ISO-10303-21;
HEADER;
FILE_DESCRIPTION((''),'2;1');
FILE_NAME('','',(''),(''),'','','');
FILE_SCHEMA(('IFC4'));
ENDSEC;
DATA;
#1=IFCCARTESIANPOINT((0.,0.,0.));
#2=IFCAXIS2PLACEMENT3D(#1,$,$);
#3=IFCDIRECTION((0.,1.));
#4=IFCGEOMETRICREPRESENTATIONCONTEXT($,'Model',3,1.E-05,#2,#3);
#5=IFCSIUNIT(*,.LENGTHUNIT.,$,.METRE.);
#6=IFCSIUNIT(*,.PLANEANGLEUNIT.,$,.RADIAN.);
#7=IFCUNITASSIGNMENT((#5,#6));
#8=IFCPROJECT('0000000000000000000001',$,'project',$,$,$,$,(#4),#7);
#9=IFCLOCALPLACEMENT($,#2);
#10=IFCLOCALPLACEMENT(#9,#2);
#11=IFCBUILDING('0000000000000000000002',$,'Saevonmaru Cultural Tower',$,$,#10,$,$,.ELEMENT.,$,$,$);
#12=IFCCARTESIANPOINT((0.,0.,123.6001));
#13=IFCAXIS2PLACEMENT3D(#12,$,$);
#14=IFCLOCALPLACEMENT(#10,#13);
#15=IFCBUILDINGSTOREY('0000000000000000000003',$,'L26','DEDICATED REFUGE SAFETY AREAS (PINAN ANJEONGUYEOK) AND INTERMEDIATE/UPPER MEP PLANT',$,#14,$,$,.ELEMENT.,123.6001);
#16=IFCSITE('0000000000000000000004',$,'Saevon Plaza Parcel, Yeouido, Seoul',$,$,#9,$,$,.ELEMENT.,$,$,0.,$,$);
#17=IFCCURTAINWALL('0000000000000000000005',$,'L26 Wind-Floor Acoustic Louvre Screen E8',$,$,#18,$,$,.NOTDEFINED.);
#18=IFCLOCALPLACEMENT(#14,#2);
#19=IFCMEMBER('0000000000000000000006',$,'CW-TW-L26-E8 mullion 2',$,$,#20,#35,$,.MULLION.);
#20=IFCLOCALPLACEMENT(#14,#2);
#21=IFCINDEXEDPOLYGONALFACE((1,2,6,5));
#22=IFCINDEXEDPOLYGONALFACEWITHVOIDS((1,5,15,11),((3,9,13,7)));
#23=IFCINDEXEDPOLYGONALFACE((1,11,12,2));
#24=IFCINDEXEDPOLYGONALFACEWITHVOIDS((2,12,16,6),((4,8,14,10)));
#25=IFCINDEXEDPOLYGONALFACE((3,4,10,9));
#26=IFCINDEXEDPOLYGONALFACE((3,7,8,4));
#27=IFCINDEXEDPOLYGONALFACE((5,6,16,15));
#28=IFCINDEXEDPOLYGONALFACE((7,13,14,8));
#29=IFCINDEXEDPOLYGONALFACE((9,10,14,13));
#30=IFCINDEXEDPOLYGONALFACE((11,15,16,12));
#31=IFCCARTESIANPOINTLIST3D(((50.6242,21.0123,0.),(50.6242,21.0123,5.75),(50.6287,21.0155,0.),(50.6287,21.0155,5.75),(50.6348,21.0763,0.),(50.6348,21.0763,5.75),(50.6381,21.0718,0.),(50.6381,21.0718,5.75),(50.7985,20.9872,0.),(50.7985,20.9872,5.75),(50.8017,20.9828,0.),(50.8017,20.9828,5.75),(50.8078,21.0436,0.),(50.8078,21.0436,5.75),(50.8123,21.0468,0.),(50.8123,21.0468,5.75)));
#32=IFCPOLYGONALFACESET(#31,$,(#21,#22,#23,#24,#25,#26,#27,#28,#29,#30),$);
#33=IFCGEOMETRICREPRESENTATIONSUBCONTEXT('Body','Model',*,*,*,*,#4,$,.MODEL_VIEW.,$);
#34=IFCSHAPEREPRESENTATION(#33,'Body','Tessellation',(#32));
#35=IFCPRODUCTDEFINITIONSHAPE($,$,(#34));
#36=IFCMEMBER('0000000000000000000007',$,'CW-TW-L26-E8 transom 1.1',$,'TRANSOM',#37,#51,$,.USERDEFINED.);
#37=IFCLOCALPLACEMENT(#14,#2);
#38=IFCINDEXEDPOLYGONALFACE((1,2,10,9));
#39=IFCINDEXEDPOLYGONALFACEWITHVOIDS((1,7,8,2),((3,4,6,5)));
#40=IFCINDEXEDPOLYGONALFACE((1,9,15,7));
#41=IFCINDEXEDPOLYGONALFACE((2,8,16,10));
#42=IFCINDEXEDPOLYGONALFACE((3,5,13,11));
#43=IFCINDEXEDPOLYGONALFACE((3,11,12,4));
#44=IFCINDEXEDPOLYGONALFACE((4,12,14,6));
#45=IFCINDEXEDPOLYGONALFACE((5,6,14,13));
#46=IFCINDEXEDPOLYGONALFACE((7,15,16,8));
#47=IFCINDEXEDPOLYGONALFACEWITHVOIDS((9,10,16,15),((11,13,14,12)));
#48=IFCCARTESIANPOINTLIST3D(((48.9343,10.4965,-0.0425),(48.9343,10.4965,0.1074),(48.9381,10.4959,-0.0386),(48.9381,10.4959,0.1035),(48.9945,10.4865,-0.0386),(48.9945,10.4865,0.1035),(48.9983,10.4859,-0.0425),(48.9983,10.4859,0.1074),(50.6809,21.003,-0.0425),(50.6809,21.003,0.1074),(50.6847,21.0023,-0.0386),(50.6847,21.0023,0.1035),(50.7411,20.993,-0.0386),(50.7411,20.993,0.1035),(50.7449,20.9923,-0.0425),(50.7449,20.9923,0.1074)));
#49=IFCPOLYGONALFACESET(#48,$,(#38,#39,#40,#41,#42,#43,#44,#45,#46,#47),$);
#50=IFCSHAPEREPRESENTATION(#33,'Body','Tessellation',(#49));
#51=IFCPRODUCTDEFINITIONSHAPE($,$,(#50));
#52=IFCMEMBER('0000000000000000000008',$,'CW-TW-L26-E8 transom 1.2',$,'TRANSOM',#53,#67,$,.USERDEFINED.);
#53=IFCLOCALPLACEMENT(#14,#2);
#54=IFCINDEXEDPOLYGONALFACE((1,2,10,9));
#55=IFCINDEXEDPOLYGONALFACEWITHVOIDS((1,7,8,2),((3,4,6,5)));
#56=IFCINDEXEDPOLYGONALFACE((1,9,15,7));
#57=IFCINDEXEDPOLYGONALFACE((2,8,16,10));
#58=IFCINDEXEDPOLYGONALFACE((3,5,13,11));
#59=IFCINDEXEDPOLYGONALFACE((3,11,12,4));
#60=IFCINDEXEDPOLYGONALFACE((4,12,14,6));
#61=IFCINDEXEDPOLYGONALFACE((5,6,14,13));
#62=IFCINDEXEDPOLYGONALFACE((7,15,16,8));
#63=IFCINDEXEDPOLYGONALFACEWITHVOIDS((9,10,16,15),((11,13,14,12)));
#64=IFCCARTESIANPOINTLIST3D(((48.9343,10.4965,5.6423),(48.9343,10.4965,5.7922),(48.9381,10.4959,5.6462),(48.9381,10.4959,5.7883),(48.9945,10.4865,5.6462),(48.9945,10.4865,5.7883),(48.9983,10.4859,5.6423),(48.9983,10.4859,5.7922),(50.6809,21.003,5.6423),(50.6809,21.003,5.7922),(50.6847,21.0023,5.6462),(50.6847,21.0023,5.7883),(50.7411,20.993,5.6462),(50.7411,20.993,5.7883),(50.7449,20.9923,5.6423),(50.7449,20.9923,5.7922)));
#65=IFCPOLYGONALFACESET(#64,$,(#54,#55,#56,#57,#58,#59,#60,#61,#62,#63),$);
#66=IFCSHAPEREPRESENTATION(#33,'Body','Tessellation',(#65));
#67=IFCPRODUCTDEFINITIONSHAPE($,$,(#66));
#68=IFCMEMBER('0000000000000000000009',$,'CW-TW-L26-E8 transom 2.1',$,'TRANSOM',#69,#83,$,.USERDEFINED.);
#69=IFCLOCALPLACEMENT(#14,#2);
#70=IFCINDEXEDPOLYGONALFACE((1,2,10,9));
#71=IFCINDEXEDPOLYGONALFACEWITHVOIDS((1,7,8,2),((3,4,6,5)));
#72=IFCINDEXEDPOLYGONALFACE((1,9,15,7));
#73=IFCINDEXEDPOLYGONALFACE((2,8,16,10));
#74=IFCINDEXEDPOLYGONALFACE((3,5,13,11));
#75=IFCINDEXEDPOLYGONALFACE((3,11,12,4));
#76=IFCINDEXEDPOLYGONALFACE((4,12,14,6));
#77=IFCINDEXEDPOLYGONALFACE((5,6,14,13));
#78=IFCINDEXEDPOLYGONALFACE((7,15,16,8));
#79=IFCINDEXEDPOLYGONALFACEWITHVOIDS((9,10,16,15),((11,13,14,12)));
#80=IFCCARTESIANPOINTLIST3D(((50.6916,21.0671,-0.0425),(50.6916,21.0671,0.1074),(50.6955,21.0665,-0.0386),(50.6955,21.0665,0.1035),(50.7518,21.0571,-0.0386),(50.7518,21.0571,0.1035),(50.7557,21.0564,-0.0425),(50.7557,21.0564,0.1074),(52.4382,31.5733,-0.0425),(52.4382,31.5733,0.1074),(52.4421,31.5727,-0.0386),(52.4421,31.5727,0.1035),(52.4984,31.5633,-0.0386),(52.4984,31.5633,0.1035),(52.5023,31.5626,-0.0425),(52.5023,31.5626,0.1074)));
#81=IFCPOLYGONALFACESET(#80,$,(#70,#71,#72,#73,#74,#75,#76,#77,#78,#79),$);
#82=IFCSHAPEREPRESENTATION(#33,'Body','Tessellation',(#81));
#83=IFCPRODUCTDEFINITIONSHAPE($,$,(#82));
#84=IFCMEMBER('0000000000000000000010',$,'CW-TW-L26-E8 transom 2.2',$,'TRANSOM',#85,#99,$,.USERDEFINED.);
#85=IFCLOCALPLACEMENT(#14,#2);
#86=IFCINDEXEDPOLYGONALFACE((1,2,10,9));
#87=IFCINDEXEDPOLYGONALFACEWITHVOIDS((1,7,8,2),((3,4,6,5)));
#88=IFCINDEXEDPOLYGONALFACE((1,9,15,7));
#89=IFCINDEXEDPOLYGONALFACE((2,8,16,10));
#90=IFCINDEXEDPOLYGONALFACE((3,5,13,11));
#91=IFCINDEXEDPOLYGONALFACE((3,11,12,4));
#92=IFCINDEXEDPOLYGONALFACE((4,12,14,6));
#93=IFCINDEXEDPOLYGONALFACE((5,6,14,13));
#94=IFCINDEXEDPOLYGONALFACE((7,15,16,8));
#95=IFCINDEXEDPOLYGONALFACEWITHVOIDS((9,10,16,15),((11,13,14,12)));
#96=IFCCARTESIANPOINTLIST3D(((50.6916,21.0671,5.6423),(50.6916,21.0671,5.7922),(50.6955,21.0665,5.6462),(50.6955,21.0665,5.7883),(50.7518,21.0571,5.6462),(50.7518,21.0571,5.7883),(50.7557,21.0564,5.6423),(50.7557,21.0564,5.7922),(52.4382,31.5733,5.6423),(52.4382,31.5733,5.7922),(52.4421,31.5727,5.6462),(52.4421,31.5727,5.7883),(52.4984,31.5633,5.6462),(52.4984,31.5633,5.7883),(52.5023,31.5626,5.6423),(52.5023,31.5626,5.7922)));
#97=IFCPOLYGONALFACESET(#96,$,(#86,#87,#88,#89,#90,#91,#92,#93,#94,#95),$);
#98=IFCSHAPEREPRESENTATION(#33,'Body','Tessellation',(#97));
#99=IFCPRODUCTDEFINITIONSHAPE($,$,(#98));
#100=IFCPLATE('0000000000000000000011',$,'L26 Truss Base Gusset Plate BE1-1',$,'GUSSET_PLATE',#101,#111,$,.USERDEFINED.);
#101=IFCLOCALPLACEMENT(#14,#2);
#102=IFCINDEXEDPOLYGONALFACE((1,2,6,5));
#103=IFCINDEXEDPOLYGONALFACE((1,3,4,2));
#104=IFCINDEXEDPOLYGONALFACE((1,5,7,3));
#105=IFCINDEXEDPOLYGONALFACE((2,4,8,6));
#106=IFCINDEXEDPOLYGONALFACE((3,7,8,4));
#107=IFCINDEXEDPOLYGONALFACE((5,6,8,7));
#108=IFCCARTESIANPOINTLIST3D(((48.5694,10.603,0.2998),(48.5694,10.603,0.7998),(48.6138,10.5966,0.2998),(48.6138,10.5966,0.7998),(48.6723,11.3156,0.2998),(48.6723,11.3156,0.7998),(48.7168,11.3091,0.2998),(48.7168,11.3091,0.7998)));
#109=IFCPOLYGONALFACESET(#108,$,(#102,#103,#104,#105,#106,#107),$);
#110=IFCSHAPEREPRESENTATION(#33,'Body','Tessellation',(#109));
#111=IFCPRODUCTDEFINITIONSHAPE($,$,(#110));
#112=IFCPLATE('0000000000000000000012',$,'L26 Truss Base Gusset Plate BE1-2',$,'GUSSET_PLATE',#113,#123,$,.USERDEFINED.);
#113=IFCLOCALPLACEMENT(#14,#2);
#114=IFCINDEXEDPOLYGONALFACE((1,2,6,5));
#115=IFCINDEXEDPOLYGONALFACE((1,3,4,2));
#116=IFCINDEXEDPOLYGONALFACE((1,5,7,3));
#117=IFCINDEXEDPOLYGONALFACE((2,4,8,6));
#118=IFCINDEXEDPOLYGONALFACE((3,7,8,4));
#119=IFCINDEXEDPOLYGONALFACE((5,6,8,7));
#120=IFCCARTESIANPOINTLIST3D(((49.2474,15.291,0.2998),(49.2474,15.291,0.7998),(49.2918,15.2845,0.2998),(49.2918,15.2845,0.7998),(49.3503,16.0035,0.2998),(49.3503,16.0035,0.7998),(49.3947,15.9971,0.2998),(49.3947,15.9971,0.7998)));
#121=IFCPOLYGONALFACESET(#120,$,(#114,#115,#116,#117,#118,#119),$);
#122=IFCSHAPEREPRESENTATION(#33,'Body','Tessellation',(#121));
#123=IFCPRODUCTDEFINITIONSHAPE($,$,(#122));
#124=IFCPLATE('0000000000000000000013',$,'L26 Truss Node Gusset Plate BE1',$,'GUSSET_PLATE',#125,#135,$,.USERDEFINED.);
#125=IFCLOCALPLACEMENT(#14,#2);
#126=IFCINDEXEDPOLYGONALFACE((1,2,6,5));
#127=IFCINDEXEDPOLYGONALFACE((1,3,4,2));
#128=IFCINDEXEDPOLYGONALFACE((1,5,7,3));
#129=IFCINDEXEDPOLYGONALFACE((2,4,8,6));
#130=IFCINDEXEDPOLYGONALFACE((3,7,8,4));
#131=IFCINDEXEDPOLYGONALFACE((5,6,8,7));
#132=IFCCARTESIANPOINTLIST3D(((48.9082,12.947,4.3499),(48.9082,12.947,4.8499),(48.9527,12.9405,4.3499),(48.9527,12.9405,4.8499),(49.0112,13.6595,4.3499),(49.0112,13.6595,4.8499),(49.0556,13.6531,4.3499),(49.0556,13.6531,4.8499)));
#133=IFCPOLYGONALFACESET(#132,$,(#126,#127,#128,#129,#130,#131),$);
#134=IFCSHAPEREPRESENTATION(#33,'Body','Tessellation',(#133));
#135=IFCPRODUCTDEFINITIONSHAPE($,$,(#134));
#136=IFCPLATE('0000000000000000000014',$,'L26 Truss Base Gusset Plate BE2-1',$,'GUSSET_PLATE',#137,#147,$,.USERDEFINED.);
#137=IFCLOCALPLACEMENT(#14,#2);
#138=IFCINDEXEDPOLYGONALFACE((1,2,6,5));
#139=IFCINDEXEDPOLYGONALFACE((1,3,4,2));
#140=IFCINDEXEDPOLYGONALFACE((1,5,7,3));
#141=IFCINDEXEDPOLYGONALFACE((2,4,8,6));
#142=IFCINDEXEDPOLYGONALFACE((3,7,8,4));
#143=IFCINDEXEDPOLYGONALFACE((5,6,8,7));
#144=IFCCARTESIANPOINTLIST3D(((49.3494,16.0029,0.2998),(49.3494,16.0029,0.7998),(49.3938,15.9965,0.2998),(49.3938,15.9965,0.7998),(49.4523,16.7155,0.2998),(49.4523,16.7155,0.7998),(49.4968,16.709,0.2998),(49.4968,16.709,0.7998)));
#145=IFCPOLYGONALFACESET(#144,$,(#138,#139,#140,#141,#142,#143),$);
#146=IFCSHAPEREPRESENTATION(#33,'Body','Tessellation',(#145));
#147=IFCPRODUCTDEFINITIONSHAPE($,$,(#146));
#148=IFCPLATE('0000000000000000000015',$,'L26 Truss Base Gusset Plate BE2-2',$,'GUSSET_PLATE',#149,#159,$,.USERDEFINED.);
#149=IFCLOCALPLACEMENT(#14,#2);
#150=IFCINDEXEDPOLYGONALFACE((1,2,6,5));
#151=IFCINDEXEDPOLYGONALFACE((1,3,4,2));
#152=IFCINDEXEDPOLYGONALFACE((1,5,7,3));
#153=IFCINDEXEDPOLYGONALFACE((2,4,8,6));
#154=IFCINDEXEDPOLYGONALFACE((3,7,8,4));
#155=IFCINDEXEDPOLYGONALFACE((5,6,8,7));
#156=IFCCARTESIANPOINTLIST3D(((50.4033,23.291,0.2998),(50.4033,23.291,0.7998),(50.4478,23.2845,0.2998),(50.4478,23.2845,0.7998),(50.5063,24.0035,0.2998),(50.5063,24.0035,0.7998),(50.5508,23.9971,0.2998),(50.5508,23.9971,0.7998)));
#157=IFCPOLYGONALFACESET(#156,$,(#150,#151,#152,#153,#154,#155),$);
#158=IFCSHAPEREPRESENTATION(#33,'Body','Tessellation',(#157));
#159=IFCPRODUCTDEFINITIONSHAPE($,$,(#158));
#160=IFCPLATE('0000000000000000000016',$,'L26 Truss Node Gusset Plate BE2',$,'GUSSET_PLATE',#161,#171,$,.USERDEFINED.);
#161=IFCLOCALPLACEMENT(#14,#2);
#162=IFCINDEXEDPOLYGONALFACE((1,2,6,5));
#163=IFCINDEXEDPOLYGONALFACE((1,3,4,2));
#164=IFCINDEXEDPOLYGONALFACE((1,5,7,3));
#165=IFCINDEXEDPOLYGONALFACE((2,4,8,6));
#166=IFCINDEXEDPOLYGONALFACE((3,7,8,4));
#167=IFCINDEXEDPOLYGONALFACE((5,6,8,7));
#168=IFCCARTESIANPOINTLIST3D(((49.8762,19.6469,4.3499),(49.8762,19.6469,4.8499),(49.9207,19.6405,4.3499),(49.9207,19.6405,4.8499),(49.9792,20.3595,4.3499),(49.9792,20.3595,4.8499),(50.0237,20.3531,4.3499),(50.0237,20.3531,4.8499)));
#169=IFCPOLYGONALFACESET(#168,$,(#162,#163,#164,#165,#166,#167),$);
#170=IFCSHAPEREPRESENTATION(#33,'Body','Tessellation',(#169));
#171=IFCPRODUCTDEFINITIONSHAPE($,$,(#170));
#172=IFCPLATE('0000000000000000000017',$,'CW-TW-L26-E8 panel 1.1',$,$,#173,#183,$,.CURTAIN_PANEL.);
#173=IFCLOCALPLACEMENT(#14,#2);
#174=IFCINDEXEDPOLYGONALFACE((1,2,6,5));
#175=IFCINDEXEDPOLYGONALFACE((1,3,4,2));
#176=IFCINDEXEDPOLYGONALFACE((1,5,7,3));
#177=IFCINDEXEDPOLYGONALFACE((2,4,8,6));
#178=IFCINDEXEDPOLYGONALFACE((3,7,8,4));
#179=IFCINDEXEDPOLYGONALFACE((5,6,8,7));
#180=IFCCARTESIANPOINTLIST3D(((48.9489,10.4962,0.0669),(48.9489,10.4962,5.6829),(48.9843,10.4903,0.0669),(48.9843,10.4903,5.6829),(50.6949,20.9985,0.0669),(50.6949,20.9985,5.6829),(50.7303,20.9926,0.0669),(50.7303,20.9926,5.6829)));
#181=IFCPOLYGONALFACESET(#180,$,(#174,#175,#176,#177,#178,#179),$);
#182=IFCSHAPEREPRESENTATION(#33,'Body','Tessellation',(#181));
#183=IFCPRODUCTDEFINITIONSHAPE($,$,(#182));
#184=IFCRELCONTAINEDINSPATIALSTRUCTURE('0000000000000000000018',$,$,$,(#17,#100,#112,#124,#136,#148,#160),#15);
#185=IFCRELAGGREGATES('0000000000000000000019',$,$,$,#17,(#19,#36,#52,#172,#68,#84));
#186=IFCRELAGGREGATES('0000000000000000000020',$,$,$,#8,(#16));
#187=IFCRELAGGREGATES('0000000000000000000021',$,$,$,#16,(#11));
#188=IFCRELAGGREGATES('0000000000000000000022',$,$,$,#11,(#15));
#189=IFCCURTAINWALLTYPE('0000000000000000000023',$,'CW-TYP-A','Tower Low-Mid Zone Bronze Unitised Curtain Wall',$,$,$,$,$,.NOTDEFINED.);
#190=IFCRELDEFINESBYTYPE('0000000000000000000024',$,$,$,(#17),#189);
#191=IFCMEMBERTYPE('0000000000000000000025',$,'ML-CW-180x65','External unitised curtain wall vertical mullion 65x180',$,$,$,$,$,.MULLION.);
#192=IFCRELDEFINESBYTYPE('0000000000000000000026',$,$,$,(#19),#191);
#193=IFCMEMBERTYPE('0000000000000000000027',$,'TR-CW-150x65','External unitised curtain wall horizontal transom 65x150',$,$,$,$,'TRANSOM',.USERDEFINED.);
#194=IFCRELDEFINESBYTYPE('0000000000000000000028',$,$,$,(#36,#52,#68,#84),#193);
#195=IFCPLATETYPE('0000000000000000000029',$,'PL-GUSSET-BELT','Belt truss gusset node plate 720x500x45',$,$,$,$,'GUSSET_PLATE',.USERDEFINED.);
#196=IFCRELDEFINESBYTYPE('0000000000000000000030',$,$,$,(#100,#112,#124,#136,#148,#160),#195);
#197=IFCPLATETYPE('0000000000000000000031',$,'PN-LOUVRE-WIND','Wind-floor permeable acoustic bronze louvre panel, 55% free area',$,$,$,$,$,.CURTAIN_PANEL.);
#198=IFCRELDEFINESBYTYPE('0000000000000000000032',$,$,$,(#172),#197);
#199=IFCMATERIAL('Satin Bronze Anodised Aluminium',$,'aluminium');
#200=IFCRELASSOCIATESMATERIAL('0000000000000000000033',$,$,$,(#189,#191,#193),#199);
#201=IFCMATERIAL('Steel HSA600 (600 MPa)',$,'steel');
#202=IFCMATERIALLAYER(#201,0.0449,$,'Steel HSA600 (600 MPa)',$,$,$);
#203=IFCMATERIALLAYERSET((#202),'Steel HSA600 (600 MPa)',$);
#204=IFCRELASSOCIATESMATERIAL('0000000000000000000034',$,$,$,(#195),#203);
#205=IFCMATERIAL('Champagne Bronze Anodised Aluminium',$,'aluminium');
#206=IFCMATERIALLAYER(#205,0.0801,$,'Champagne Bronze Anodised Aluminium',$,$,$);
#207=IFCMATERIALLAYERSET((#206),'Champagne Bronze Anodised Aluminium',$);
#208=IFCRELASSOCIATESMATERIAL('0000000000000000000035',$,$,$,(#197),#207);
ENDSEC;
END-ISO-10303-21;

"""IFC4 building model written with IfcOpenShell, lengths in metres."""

from ifc_helpers import new_model, si_unit, direction, frame, origin, origin_2d, place, context, subcontext, project, spatial, rectangle, hollow_rectangle, extrude, material, layer, layer_set, material_profile, profile_set, type_object, element, aggregate, save


model = new_model("IFC4")

# Units and contexts
model_context = context("Model", 3, precision=1e-05, world=origin(), true_north=direction((0.0, 1.0)))
body_context = subcontext(model_context, "Body", "Model", "MODEL_VIEW")
ifc_project = project(units=[si_unit("LENGTHUNIT", "METRE"), si_unit("PLANEANGLEUNIT", "RADIAN")], contexts=[model_context])

# Site, building, storey
site_placement = place(None, origin())
site = spatial("IfcSite", under=ifc_project, at=site_placement, Name="Saevon Plaza Parcel, Yeouido, Seoul", CompositionType="ELEMENT", RefElevation=0.0)
building_placement = place(site_placement, origin())
building = spatial("IfcBuilding", under=site, at=building_placement, Name="Saevonmaru Cultural Tower", CompositionType="ELEMENT")
storey_placement = place(building_placement, frame((0.0, 0.0, 123.6001)))
storey = spatial("IfcBuildingStorey", under=building, at=storey_placement, Name="L26", Description="DEDICATED REFUGE SAFETY AREAS (PINAN ANJEONGUYEOK) AND INTERMEDIATE/UPPER MEP PLANT", CompositionType="ELEMENT", Elevation=123.6001)

# Shared definitions
ifc_material_1 = material(Name="Satin Bronze Anodised Aluminium", Category="aluminium")
curtain_wall_type = type_object("IfcCurtainWallType", Name="CW-TYP-A", Description="Tower Low-Mid Zone Bronze Unitised Curtain Wall", PredefinedType="NOTDEFINED", material=ifc_material_1)
ifc_material_profile_1 = material_profile(ifc_material_1, hollow_rectangle(XDim=0.0649, YDim=0.1799, WallThickness=0.0039, at=origin_2d()), Name="ALU-MULL-180x65x4")
ifc_profile_set_1 = profile_set([ifc_material_profile_1], Name="Satin Bronze Anodised Aluminium")
member_type_1 = type_object("IfcMemberType", Name="ML-CW-180x65", Description="External unitised curtain wall vertical mullion 65x180", PredefinedType="MULLION", material=ifc_profile_set_1)

# Curtain wall, members
curtain_wall_1_placement = place(storey_placement, origin())
curtain_wall_1 = element("IfcCurtainWall", 1, at=curtain_wall_1_placement, inside=storey, type_object=curtain_wall_type, Name="L26 Wind-Floor Acoustic Louvre Screen E8", PredefinedType="NOTDEFINED")
member_1_placement = place(storey_placement, frame((50.7183, 21.0295, 0.0), z_axis=(0.0, 0.0, 1.0), x_axis=(0.163999, 0.986461, 0.0)))
member_1 = element("IfcMember", 2, at=member_1_placement, type_object=member_type_1, Name="CW-TW-L26-E8 mullion 2", PredefinedType="MULLION", context=body_context, shape_type="SweptSolid", body=[
    extrude(hollow_rectangle(XDim=0.0649, YDim=0.1799, WallThickness=0.0039, at=origin_2d()), origin(), (0.0, 0.0, 1.0), 5.75),
])
ifc_material_profile_2 = material_profile(ifc_material_1, hollow_rectangle(XDim=0.0649, YDim=0.1499, WallThickness=0.0039, at=origin_2d()), Name="ALU-TRAN-150x65x4")
ifc_profile_set_2 = profile_set([ifc_material_profile_2], Name="Satin Bronze Anodised Aluminium")
member_type_2 = type_object("IfcMemberType", Name="TR-CW-150x65", Description="External unitised curtain wall horizontal transom 65x150", ElementType="TRANSOM", PredefinedType="USERDEFINED", material=ifc_profile_set_2)
member_2_placement = place(storey_placement, frame((48.9663, 10.4912, 0.0325), z_axis=(0.16399, 0.986462, 0.0), x_axis=(-0.986462, 0.16399, 0.0)))
member_2 = element("IfcMember", 3, at=member_2_placement, type_object=member_type_2, Name="CW-TW-L26-E8 transom 1.1", ObjectType="TRANSOM", PredefinedType="USERDEFINED", context=body_context, shape_type="SweptSolid", body=[
    extrude(hollow_rectangle(XDim=0.0649, YDim=0.1499, WallThickness=0.0039, at=origin_2d()), origin(), (0.0, 0.0, 1.0), 10.6506),
])
member_3_placement = place(storey_placement, frame((48.9663, 10.4912, 5.7173), z_axis=(0.16399, 0.986462, 0.0), x_axis=(-0.986462, 0.16399, 0.0)))
member_3 = element("IfcMember", 4, at=member_3_placement, type_object=member_type_2, Name="CW-TW-L26-E8 transom 1.2", ObjectType="TRANSOM", PredefinedType="USERDEFINED", context=body_context, shape_type="SweptSolid", body=[
    extrude(hollow_rectangle(XDim=0.0649, YDim=0.1499, WallThickness=0.0039, at=origin_2d()), origin(), (0.0, 0.0, 1.0), 10.6506),
])
member_4_placement = place(storey_placement, frame((50.7236, 21.0618, 0.0325), z_axis=(0.163994, 0.986461, 0.0), x_axis=(-0.986461, 0.163994, 0.0)))
member_4 = element("IfcMember", 5, at=member_4_placement, type_object=member_type_2, Name="CW-TW-L26-E8 transom 2.1", ObjectType="TRANSOM", PredefinedType="USERDEFINED", context=body_context, shape_type="SweptSolid", body=[
    extrude(hollow_rectangle(XDim=0.0649, YDim=0.1499, WallThickness=0.0039, at=origin_2d()), origin(), (0.0, 0.0, 1.0), 10.6504),
])
member_5_placement = place(storey_placement, frame((50.7236, 21.0618, 5.7173), z_axis=(0.163994, 0.986461, 0.0), x_axis=(-0.986461, 0.163994, 0.0)))
member_5 = element("IfcMember", 6, at=member_5_placement, type_object=member_type_2, Name="CW-TW-L26-E8 transom 2.2", ObjectType="TRANSOM", PredefinedType="USERDEFINED", context=body_context, shape_type="SweptSolid", body=[
    extrude(hollow_rectangle(XDim=0.0649, YDim=0.1499, WallThickness=0.0039, at=origin_2d()), origin(), (0.0, 0.0, 1.0), 10.6504),
])

# Plates
ifc_material_2 = material(Name="Steel HSA600 (600 MPa)", Category="steel")
ifc_layer_1 = layer(ifc_material_2, 0.0449, Name="Steel HSA600 (600 MPa)")
ifc_layer_set_1 = layer_set([ifc_layer_1], Name="Steel HSA600 (600 MPa)")
plate_type_1 = type_object("IfcPlateType", Name="PL-GUSSET-BELT", Description="Belt truss gusset node plate 720x500x45", ElementType="GUSSET_PLATE", PredefinedType="USERDEFINED", material=ifc_layer_set_1)
for number, where, z_axis, x_axis, name in (
    (7, (48.6431, 10.9561, 0.2998), (0.0, 0.0, 1.0), (0.142957, 0.989729, 0.0), "L26 Truss Base Gusset Plate BE1-1"),
    (8, (49.321, 15.644, 0.2998), (0.0, 0.0, 1.0), (0.142957, 0.989729, 0.0), "L26 Truss Base Gusset Plate BE1-2"),
    (9, (48.9819, 13.3, 4.3499), (0.0, 0.0, 1.0), (0.142957, 0.989729, 0.0), "L26 Truss Node Gusset Plate BE1"),
    (10, (49.4231, 16.356, 0.2998), (0.0, 0.0, 1.0), (0.143009, 0.989721, 0.0), "L26 Truss Base Gusset Plate BE2-1"),
    (11, (50.4771, 23.644, 0.2998), (0.0, 0.0, 1.0), (0.143009, 0.989721, 0.0), "L26 Truss Base Gusset Plate BE2-2"),
    (12, (49.95, 20.0, 4.3499), (0.0, 0.0, 1.0), (0.143009, 0.989721, 0.0), "L26 Truss Node Gusset Plate BE2"),
):
    element("IfcPlate", number, at=place(storey_placement, frame(where, z_axis=z_axis, x_axis=x_axis)), inside=storey, type_object=plate_type_1, Name=name, ObjectType="GUSSET_PLATE", PredefinedType="USERDEFINED", context=body_context, shape_type="SweptSolid", body=[
        extrude(rectangle(XDim=0.72, YDim=0.0449, at=origin_2d()), origin(), (0.0, 0.0, 1.0), 0.5),
    ])

# Plate
ifc_material_3 = material(Name="Champagne Bronze Anodised Aluminium", Category="aluminium")
ifc_layer_2 = layer(ifc_material_3, 0.0801, Name="Champagne Bronze Anodised Aluminium")
ifc_layer_set_2 = layer_set([ifc_layer_2], Name="Champagne Bronze Anodised Aluminium")
plate_type_2 = type_object("IfcPlateType", Name="PN-LOUVRE-WIND", Description="Wind-floor permeable acoustic bronze louvre panel, 55% free area", PredefinedType="CURTAIN_PANEL", material=ifc_layer_set_2)
plate_placement = place(storey_placement, frame((49.8396, 15.7444, 0.0669), z_axis=(0.0, 0.0, 1.0), x_axis=(0.163999, 0.986461, 0.0)))
plate = element("IfcPlate", 13, at=plate_placement, type_object=plate_type_2, Name="CW-TW-L26-E8 panel 1.1", PredefinedType="CURTAIN_PANEL", context=body_context, shape_type="SweptSolid", body=[
    extrude(rectangle(XDim=10.6465, YDim=0.0359, at=origin_2d()), origin(), (0.0, 0.0, 1.0), 5.616),
])
aggregate(curtain_wall_1, [member_1, member_2, member_3, plate, member_4, member_5])

save(model, "model.ifc")
